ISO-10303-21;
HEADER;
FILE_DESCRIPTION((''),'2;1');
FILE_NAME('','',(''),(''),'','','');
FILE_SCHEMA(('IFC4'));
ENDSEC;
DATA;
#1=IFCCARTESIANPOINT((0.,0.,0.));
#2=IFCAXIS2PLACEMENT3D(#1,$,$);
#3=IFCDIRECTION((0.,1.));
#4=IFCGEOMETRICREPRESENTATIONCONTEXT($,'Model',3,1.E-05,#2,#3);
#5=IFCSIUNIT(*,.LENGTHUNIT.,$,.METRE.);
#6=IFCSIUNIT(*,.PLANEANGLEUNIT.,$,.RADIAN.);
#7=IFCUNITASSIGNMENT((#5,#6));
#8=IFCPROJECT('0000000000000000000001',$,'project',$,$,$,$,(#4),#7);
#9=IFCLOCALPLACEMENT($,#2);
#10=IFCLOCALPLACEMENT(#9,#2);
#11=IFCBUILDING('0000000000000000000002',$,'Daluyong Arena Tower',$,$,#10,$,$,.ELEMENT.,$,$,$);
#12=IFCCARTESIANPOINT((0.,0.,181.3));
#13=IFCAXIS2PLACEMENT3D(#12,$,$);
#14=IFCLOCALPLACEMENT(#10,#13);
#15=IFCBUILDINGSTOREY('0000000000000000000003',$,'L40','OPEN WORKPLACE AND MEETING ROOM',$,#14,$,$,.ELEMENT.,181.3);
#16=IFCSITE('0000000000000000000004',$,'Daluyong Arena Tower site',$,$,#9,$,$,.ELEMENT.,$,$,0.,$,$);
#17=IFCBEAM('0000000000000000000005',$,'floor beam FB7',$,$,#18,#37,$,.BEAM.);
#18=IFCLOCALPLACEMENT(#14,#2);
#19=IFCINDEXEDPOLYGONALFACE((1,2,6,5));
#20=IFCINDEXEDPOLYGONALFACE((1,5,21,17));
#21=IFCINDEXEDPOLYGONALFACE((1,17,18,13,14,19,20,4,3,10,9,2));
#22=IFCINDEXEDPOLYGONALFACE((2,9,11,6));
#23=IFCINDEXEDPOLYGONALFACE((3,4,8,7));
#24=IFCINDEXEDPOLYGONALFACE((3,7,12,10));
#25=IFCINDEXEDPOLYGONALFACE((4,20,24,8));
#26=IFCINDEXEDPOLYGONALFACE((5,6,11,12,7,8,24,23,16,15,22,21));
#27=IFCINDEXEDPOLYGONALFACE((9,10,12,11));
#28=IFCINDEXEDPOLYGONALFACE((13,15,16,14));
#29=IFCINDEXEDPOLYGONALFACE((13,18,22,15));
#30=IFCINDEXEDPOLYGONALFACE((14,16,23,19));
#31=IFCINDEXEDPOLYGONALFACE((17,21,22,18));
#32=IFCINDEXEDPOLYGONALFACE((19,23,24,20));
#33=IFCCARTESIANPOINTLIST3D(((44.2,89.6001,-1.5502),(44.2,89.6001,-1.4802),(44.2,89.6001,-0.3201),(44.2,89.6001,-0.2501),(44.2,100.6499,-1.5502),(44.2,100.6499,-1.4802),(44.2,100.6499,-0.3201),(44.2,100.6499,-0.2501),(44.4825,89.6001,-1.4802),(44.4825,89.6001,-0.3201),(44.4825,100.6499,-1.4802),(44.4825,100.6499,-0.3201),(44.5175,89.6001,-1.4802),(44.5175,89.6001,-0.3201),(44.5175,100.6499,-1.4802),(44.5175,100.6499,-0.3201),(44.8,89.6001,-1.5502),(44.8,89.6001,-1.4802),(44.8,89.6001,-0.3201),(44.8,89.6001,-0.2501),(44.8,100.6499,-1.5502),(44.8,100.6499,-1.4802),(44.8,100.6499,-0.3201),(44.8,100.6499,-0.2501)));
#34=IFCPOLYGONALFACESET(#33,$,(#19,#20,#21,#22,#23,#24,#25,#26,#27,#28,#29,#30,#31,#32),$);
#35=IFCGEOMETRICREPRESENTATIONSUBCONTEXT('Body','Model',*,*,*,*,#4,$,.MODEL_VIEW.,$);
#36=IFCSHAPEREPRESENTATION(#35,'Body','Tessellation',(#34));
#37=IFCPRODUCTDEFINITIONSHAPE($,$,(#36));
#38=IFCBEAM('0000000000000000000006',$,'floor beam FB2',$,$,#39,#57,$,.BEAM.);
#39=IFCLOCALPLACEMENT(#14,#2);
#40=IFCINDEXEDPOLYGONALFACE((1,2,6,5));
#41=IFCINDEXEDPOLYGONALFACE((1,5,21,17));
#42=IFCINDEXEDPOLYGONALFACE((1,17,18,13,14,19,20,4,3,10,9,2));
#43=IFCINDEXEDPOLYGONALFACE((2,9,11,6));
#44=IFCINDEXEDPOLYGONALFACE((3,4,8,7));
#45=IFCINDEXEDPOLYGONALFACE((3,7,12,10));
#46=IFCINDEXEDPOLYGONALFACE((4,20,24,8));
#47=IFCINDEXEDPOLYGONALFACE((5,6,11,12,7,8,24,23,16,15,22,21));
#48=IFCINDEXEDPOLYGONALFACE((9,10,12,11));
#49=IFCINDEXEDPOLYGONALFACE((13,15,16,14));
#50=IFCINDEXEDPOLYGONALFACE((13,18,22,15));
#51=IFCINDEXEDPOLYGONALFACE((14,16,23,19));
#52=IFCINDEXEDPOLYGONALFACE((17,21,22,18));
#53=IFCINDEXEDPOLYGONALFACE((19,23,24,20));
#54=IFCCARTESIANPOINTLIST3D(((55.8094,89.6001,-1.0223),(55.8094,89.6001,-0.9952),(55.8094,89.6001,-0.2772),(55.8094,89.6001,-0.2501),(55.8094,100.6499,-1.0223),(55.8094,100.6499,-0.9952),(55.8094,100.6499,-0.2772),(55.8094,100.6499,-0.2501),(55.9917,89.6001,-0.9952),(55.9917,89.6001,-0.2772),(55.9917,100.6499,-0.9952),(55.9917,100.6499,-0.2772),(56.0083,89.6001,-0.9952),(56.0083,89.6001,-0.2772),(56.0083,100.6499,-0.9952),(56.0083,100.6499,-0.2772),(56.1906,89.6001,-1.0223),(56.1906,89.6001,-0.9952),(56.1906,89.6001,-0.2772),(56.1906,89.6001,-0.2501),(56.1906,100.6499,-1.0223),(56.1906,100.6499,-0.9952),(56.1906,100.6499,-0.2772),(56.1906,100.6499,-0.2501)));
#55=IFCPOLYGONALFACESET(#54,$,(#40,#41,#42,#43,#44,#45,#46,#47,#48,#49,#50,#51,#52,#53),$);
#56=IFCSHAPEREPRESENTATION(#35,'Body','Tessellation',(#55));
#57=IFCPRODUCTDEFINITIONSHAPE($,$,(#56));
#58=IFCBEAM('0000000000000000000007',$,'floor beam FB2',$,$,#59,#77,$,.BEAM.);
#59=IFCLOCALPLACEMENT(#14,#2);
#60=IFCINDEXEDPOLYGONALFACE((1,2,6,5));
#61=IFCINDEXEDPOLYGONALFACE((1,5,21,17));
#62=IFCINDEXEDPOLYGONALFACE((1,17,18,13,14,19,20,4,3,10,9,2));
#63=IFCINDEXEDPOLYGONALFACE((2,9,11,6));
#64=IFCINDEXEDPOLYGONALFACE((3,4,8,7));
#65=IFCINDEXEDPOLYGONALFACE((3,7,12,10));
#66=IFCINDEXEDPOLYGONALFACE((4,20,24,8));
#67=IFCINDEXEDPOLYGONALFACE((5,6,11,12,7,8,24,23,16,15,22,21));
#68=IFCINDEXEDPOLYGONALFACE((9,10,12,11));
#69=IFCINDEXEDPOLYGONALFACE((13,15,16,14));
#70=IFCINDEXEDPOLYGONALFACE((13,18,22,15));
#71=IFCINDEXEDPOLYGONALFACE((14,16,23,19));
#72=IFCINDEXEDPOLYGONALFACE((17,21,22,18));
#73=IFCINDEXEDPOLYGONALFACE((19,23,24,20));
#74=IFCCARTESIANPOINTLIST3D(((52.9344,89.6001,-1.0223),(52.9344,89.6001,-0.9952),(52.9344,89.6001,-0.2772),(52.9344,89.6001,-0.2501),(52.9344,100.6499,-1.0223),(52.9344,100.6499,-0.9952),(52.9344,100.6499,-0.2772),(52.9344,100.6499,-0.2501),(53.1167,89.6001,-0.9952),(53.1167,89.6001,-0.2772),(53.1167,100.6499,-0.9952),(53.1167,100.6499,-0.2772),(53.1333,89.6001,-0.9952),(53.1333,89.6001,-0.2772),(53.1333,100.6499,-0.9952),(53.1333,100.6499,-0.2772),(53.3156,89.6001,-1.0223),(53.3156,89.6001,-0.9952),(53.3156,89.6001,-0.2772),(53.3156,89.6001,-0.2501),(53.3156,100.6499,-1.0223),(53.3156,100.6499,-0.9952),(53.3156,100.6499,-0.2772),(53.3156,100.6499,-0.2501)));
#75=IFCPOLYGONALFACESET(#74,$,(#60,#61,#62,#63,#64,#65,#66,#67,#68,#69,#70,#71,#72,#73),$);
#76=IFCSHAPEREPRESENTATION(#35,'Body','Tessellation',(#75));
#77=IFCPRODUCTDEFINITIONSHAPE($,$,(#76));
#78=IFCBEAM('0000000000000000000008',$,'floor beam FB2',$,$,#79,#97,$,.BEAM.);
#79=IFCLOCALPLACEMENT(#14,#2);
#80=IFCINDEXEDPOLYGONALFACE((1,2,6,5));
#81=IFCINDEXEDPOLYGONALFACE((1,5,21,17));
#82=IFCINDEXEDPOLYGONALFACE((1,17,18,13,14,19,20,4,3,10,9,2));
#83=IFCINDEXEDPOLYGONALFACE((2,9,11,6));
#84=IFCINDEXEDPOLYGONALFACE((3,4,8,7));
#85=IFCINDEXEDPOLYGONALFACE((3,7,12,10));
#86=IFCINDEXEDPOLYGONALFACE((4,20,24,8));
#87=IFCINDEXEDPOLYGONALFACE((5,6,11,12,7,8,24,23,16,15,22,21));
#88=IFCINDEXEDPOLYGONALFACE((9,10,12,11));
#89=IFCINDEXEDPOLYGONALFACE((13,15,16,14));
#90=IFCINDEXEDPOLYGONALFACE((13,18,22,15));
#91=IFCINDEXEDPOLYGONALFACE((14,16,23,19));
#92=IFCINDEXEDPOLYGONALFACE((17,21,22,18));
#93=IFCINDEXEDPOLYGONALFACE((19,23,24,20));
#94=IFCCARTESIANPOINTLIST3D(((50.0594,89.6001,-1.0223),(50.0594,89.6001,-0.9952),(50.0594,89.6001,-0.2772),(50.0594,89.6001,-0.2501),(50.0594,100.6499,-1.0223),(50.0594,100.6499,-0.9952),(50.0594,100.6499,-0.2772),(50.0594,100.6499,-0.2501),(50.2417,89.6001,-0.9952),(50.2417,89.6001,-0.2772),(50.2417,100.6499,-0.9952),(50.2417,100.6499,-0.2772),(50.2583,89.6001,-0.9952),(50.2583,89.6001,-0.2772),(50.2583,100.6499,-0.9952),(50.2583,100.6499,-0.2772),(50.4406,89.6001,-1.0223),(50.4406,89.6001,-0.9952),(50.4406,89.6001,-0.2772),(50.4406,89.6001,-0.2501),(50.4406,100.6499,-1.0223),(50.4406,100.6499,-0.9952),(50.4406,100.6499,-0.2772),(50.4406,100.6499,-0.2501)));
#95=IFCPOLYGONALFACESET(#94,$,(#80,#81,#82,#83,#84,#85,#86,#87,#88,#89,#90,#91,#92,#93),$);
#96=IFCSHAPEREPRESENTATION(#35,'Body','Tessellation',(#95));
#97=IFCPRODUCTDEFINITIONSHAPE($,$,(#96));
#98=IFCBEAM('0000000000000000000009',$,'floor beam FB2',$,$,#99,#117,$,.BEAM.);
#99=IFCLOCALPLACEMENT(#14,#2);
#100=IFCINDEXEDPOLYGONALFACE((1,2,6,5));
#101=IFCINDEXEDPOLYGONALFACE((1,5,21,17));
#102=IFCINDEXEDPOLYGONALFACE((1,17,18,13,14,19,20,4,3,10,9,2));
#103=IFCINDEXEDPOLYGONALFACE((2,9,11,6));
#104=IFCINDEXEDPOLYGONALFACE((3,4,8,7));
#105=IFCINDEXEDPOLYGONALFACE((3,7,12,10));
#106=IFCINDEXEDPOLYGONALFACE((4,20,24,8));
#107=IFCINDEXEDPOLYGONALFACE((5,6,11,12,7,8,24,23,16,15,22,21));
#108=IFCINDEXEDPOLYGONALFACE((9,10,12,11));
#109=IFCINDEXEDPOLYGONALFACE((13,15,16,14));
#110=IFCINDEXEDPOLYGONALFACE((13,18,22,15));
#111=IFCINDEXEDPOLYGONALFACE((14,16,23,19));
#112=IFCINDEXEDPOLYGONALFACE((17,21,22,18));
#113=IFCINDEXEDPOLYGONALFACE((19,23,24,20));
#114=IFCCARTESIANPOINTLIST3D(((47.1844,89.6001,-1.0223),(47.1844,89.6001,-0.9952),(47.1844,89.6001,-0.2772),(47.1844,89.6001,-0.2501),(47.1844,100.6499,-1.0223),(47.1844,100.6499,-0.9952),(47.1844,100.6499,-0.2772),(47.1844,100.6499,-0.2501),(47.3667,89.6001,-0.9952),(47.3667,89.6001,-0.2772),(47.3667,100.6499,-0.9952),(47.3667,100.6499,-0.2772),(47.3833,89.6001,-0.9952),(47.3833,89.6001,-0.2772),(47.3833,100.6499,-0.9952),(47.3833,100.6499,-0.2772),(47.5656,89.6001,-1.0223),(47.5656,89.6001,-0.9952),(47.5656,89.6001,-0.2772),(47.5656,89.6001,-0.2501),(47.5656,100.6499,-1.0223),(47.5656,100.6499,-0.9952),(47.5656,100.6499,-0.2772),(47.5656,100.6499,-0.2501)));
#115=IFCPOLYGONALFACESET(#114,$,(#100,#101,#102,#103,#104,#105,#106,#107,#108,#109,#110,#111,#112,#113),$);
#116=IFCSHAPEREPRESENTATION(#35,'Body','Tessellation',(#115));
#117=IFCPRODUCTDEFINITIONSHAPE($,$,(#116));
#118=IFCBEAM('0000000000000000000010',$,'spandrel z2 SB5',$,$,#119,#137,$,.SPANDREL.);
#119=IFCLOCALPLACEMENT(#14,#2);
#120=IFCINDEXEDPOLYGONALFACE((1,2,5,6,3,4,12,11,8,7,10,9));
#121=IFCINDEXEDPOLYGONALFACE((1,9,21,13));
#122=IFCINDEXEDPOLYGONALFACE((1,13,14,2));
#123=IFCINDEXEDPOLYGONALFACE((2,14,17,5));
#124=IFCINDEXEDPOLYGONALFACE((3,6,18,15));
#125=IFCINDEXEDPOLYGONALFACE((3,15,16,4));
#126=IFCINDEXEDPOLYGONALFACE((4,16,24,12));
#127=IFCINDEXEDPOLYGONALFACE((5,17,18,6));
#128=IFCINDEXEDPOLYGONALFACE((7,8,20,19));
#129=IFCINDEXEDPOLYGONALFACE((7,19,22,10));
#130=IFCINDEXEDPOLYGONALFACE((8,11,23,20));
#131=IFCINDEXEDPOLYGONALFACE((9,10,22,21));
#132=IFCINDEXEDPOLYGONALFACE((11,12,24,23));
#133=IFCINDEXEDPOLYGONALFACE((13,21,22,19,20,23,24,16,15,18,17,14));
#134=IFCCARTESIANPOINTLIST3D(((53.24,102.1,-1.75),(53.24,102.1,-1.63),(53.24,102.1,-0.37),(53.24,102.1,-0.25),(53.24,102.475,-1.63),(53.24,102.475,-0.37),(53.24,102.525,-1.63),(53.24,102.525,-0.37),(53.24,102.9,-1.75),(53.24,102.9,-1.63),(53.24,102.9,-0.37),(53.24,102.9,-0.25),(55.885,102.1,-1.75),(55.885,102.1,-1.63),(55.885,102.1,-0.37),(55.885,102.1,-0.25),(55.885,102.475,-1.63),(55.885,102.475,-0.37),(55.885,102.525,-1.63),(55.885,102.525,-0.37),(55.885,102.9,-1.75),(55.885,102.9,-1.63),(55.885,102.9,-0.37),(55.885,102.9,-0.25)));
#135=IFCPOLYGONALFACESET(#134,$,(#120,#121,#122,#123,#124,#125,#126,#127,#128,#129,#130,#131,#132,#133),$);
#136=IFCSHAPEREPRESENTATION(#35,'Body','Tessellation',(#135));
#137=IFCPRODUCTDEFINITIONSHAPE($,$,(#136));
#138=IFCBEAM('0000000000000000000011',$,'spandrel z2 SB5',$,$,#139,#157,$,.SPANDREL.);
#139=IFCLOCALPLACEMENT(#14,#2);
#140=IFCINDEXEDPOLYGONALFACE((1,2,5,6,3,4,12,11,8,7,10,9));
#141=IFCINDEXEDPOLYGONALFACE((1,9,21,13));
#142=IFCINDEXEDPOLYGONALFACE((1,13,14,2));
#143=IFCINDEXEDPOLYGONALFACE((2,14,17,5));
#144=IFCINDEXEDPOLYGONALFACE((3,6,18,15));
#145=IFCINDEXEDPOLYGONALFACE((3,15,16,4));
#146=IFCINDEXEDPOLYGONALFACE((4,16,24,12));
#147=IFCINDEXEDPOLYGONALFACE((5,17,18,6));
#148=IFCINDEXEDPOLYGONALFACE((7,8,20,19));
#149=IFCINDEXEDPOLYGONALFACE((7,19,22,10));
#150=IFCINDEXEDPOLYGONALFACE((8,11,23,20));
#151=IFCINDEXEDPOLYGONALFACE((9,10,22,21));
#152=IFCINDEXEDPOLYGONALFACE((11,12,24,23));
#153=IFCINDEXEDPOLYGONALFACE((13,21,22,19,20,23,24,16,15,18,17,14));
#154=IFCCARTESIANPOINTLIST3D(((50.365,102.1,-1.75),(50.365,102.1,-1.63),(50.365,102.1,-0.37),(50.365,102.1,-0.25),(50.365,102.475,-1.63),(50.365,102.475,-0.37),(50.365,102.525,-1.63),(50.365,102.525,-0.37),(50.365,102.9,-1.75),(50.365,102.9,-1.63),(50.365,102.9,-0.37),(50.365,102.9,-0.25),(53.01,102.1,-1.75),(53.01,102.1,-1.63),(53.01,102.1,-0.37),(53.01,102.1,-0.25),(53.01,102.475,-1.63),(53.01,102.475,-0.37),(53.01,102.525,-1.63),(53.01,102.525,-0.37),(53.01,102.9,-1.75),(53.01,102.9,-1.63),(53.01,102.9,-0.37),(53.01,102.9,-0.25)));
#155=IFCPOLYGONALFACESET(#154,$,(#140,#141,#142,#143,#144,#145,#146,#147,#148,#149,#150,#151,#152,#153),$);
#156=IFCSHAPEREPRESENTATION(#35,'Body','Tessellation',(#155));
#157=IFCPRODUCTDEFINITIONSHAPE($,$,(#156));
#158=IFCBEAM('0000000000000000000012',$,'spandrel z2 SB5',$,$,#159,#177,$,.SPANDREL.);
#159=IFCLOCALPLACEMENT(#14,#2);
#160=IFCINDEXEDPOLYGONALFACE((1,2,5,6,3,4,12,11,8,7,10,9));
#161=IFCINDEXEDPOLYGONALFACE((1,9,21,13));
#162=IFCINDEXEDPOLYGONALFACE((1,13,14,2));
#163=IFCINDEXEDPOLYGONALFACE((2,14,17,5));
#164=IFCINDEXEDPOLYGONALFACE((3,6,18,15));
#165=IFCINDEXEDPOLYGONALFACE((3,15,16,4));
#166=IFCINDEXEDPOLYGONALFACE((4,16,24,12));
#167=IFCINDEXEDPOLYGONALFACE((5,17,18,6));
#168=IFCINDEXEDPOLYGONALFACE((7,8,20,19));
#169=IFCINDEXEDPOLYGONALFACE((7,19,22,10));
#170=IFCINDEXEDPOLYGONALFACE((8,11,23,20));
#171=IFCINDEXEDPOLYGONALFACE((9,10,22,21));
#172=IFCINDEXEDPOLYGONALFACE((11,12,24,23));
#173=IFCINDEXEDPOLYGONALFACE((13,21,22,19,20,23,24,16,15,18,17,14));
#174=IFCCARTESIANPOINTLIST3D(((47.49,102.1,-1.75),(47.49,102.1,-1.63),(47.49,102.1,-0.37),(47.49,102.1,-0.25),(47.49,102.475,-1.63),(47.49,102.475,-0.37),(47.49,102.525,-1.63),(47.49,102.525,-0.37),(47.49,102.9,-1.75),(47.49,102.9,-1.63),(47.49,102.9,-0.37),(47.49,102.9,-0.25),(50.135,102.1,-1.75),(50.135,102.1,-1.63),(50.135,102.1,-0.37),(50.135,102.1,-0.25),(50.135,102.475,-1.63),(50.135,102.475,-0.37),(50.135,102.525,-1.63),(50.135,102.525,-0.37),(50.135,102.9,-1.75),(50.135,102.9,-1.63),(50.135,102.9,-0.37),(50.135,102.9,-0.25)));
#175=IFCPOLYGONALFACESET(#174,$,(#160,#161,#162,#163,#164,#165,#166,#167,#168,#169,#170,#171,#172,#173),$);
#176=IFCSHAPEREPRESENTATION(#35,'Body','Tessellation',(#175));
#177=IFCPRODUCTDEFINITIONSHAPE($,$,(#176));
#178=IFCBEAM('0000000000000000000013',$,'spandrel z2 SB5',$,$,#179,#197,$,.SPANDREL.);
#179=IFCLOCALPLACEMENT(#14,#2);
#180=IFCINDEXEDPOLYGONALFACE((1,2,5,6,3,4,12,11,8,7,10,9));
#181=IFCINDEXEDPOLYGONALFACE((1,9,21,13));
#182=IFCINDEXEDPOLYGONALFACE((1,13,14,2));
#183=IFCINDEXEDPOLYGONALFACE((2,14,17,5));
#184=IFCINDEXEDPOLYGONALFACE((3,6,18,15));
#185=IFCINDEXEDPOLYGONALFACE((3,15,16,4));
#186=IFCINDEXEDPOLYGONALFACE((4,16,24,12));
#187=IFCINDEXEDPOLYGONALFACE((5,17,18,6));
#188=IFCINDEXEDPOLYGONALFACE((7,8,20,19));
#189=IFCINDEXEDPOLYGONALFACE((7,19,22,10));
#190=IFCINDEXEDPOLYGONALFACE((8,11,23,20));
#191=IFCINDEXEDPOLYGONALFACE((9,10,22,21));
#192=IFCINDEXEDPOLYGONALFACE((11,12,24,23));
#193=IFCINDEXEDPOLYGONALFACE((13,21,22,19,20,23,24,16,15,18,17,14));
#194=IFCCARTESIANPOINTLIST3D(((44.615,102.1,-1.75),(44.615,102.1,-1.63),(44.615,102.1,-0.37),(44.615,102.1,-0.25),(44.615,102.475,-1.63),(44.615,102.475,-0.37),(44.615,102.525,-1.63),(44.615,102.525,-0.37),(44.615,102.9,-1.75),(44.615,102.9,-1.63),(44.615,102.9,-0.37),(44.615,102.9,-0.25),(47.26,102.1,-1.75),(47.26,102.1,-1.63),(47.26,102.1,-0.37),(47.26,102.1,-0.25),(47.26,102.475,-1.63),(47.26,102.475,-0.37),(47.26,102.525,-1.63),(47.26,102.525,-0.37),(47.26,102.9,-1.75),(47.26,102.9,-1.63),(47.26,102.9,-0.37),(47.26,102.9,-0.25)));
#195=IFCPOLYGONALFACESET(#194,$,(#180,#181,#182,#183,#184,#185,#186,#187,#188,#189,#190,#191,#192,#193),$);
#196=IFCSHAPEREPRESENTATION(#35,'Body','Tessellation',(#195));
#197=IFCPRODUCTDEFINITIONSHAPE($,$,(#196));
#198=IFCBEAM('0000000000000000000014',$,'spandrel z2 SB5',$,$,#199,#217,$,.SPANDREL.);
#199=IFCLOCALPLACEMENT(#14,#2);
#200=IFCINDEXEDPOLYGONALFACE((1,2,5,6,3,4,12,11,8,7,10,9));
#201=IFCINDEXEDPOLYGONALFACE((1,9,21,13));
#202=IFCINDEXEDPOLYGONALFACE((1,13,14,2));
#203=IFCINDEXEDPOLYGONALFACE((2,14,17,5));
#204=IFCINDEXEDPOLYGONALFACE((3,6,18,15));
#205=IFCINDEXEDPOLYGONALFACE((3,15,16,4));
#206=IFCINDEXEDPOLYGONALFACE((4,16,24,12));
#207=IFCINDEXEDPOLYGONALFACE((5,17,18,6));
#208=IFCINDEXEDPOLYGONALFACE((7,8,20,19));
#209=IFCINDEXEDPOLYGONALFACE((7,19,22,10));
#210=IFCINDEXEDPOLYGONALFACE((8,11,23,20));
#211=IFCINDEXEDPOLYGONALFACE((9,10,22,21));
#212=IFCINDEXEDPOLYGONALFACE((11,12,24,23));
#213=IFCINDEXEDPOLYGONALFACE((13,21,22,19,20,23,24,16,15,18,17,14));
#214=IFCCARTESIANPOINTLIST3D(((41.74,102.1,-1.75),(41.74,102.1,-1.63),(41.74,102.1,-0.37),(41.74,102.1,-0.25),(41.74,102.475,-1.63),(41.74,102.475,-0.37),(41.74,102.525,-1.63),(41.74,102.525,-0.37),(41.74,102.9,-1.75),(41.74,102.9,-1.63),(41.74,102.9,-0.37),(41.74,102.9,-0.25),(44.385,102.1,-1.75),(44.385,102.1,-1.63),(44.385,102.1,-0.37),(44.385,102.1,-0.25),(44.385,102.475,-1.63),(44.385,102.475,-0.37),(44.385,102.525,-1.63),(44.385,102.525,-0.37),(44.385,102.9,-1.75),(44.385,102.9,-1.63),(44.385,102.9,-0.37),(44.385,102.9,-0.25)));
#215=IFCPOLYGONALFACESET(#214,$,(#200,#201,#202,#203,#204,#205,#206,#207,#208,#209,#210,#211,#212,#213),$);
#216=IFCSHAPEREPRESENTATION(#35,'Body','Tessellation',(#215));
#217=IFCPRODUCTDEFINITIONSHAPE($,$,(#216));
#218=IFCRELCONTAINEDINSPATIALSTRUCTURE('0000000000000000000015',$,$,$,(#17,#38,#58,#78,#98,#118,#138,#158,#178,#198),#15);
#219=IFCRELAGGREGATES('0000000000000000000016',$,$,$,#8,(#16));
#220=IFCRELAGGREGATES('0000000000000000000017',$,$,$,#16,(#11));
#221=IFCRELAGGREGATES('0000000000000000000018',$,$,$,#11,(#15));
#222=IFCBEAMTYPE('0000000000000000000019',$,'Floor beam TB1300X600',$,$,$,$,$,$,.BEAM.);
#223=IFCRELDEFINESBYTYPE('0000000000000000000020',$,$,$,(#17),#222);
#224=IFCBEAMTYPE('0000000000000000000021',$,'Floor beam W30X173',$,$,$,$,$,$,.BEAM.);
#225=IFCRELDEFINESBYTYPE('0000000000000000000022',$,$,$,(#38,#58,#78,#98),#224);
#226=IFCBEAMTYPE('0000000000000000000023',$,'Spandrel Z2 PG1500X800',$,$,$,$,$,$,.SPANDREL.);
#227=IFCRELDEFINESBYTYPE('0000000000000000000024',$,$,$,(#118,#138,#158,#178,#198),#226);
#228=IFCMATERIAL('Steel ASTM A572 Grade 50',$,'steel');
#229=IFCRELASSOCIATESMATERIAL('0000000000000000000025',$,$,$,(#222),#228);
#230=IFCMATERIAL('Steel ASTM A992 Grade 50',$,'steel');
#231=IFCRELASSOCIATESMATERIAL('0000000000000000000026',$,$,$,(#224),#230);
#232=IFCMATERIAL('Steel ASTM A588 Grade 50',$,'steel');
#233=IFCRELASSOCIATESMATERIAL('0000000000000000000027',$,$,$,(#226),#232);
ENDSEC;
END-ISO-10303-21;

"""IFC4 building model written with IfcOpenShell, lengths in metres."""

from ifc_helpers import new_model, si_unit, direction, frame, origin, origin_2d, place, context, subcontext, project, spatial, i_section, extrude, material, material_profile, profile_set, type_object, element, save


model = new_model("IFC4")

# Units and contexts
model_context = context("Model", 3, precision=1e-05, world=origin(), true_north=direction((0.0, 1.0)))
body_context = subcontext(model_context, "Body", "Model", "MODEL_VIEW")
ifc_project = project(units=[si_unit("LENGTHUNIT", "METRE"), si_unit("PLANEANGLEUNIT", "RADIAN")], contexts=[model_context])

# Site, building, storey
site_placement = place(None, origin())
site = spatial("IfcSite", under=ifc_project, at=site_placement, Name="Daluyong Arena Tower site", CompositionType="ELEMENT", RefElevation=0.0)
building_placement = place(site_placement, origin())
building = spatial("IfcBuilding", under=site, at=building_placement, Name="Daluyong Arena Tower", CompositionType="ELEMENT")
storey_placement = place(building_placement, frame((0.0, 0.0, 181.3)))
storey = spatial("IfcBuildingStorey", under=building, at=storey_placement, Name="L40", Description="OPEN WORKPLACE AND MEETING ROOM", CompositionType="ELEMENT", Elevation=181.3)

# Beams
ifc_material_1 = material(Name="Steel ASTM A572 Grade 50", Category="steel")
ifc_material_profile_1 = material_profile(ifc_material_1, i_section(OverallWidth=0.6001, OverallDepth=1.3, WebThickness=0.035, FlangeThickness=0.07, at=origin_2d()))
ifc_profile_set_1 = profile_set([ifc_material_profile_1], Name="Steel ASTM A572 Grade 50")
beam_type_1 = type_object("IfcBeamType", Name="Floor beam TB1300X600", PredefinedType="BEAM", material=ifc_profile_set_1)
beam_placement = place(storey_placement, frame((44.5, 100.6499, -0.9001), z_axis=(0.0, -1.0, 0.0), x_axis=(1.0, 0.0, 0.0)))
element("IfcBeam", 1, at=beam_placement, inside=storey, type_object=beam_type_1, Name="floor beam FB7", PredefinedType="BEAM", context=body_context, shape_type="SweptSolid", body=[
    extrude(i_section(OverallWidth=0.6001, OverallDepth=1.3, WebThickness=0.035, FlangeThickness=0.07, at=origin_2d()), origin(), (0.0, 0.0, 1.0), 11.0498),
])
ifc_material_2 = material(Name="Steel ASTM A992 Grade 50", Category="steel")
ifc_material_profile_2 = material_profile(ifc_material_2, i_section(OverallWidth=0.3811, OverallDepth=0.7722, WebThickness=0.0166, FlangeThickness=0.0271, at=origin_2d()))
ifc_profile_set_2 = profile_set([ifc_material_profile_2], Name="Steel ASTM A992 Grade 50")
beam_type_2 = type_object("IfcBeamType", Name="Floor beam W30X173", PredefinedType="BEAM", material=ifc_profile_set_2)
for number, where, z_axis, x_axis, name in (
    (2, (56.0, 100.6499, -0.6362), (0.0, -1.0, 0.0), (1.0, 0.0, 0.0), "floor beam FB2"),
    (3, (53.125, 100.6499, -0.6362), (0.0, -1.0, 0.0), (1.0, 0.0, 0.0), "floor beam FB2"),
    (4, (50.25, 100.6499, -0.6362), (0.0, -1.0, 0.0), (1.0, 0.0, 0.0), "floor beam FB2"),
    (5, (47.375, 100.6499, -0.6362), (0.0, -1.0, 0.0), (1.0, 0.0, 0.0), "floor beam FB2"),
):
    element("IfcBeam", number, at=place(storey_placement, frame(where, z_axis=z_axis, x_axis=x_axis)), inside=storey, type_object=beam_type_2, Name=name, PredefinedType="BEAM", context=body_context, shape_type="SweptSolid", body=[
        extrude(i_section(OverallWidth=0.3811, OverallDepth=0.7722, WebThickness=0.0166, FlangeThickness=0.0271, at=origin_2d()), origin(), (0.0, 0.0, 1.0), 11.0498),
    ])
ifc_material_3 = material(Name="Steel ASTM A588 Grade 50", Category="steel")
ifc_material_profile_3 = material_profile(ifc_material_3, i_section(OverallWidth=0.8, OverallDepth=1.5, WebThickness=0.05, FlangeThickness=0.12, at=origin_2d()))
ifc_profile_set_3 = profile_set([ifc_material_profile_3], Name="Steel ASTM A588 Grade 50")
beam_type_3 = type_object("IfcBeamType", Name="Spandrel Z2 PG1500X800", PredefinedType="SPANDREL", material=ifc_profile_set_3)
for number, where, z_axis, x_axis, name in (
    (6, (55.885, 102.5, -1.0), (-1.0, 0.0, 0.0), (0.0, -1.0, 0.0), "spandrel z2 SB5"),
    (7, (53.01, 102.5, -1.0), (-1.0, 0.0, 0.0), (0.0, -1.0, 0.0), "spandrel z2 SB5"),
    (8, (50.135, 102.5, -1.0), (-1.0, 0.0, 0.0), (0.0, -1.0, 0.0), "spandrel z2 SB5"),
    (9, (47.26, 102.5, -1.0), (-1.0, 0.0, 0.0), (0.0, -1.0, 0.0), "spandrel z2 SB5"),
    (10, (44.385, 102.5, -1.0), (-1.0, 0.0, 0.0), (0.0, -1.0, 0.0), "spandrel z2 SB5"),
):
    element("IfcBeam", number, at=place(storey_placement, frame(where, z_axis=z_axis, x_axis=x_axis)), inside=storey, type_object=beam_type_3, Name=name, PredefinedType="SPANDREL", context=body_context, shape_type="SweptSolid", body=[
        extrude(i_section(OverallWidth=0.8, OverallDepth=1.5, WebThickness=0.05, FlangeThickness=0.12, at=origin_2d()), origin(), (0.0, 0.0, 1.0), 2.645),
    ])

save(model, "model.ifc")
